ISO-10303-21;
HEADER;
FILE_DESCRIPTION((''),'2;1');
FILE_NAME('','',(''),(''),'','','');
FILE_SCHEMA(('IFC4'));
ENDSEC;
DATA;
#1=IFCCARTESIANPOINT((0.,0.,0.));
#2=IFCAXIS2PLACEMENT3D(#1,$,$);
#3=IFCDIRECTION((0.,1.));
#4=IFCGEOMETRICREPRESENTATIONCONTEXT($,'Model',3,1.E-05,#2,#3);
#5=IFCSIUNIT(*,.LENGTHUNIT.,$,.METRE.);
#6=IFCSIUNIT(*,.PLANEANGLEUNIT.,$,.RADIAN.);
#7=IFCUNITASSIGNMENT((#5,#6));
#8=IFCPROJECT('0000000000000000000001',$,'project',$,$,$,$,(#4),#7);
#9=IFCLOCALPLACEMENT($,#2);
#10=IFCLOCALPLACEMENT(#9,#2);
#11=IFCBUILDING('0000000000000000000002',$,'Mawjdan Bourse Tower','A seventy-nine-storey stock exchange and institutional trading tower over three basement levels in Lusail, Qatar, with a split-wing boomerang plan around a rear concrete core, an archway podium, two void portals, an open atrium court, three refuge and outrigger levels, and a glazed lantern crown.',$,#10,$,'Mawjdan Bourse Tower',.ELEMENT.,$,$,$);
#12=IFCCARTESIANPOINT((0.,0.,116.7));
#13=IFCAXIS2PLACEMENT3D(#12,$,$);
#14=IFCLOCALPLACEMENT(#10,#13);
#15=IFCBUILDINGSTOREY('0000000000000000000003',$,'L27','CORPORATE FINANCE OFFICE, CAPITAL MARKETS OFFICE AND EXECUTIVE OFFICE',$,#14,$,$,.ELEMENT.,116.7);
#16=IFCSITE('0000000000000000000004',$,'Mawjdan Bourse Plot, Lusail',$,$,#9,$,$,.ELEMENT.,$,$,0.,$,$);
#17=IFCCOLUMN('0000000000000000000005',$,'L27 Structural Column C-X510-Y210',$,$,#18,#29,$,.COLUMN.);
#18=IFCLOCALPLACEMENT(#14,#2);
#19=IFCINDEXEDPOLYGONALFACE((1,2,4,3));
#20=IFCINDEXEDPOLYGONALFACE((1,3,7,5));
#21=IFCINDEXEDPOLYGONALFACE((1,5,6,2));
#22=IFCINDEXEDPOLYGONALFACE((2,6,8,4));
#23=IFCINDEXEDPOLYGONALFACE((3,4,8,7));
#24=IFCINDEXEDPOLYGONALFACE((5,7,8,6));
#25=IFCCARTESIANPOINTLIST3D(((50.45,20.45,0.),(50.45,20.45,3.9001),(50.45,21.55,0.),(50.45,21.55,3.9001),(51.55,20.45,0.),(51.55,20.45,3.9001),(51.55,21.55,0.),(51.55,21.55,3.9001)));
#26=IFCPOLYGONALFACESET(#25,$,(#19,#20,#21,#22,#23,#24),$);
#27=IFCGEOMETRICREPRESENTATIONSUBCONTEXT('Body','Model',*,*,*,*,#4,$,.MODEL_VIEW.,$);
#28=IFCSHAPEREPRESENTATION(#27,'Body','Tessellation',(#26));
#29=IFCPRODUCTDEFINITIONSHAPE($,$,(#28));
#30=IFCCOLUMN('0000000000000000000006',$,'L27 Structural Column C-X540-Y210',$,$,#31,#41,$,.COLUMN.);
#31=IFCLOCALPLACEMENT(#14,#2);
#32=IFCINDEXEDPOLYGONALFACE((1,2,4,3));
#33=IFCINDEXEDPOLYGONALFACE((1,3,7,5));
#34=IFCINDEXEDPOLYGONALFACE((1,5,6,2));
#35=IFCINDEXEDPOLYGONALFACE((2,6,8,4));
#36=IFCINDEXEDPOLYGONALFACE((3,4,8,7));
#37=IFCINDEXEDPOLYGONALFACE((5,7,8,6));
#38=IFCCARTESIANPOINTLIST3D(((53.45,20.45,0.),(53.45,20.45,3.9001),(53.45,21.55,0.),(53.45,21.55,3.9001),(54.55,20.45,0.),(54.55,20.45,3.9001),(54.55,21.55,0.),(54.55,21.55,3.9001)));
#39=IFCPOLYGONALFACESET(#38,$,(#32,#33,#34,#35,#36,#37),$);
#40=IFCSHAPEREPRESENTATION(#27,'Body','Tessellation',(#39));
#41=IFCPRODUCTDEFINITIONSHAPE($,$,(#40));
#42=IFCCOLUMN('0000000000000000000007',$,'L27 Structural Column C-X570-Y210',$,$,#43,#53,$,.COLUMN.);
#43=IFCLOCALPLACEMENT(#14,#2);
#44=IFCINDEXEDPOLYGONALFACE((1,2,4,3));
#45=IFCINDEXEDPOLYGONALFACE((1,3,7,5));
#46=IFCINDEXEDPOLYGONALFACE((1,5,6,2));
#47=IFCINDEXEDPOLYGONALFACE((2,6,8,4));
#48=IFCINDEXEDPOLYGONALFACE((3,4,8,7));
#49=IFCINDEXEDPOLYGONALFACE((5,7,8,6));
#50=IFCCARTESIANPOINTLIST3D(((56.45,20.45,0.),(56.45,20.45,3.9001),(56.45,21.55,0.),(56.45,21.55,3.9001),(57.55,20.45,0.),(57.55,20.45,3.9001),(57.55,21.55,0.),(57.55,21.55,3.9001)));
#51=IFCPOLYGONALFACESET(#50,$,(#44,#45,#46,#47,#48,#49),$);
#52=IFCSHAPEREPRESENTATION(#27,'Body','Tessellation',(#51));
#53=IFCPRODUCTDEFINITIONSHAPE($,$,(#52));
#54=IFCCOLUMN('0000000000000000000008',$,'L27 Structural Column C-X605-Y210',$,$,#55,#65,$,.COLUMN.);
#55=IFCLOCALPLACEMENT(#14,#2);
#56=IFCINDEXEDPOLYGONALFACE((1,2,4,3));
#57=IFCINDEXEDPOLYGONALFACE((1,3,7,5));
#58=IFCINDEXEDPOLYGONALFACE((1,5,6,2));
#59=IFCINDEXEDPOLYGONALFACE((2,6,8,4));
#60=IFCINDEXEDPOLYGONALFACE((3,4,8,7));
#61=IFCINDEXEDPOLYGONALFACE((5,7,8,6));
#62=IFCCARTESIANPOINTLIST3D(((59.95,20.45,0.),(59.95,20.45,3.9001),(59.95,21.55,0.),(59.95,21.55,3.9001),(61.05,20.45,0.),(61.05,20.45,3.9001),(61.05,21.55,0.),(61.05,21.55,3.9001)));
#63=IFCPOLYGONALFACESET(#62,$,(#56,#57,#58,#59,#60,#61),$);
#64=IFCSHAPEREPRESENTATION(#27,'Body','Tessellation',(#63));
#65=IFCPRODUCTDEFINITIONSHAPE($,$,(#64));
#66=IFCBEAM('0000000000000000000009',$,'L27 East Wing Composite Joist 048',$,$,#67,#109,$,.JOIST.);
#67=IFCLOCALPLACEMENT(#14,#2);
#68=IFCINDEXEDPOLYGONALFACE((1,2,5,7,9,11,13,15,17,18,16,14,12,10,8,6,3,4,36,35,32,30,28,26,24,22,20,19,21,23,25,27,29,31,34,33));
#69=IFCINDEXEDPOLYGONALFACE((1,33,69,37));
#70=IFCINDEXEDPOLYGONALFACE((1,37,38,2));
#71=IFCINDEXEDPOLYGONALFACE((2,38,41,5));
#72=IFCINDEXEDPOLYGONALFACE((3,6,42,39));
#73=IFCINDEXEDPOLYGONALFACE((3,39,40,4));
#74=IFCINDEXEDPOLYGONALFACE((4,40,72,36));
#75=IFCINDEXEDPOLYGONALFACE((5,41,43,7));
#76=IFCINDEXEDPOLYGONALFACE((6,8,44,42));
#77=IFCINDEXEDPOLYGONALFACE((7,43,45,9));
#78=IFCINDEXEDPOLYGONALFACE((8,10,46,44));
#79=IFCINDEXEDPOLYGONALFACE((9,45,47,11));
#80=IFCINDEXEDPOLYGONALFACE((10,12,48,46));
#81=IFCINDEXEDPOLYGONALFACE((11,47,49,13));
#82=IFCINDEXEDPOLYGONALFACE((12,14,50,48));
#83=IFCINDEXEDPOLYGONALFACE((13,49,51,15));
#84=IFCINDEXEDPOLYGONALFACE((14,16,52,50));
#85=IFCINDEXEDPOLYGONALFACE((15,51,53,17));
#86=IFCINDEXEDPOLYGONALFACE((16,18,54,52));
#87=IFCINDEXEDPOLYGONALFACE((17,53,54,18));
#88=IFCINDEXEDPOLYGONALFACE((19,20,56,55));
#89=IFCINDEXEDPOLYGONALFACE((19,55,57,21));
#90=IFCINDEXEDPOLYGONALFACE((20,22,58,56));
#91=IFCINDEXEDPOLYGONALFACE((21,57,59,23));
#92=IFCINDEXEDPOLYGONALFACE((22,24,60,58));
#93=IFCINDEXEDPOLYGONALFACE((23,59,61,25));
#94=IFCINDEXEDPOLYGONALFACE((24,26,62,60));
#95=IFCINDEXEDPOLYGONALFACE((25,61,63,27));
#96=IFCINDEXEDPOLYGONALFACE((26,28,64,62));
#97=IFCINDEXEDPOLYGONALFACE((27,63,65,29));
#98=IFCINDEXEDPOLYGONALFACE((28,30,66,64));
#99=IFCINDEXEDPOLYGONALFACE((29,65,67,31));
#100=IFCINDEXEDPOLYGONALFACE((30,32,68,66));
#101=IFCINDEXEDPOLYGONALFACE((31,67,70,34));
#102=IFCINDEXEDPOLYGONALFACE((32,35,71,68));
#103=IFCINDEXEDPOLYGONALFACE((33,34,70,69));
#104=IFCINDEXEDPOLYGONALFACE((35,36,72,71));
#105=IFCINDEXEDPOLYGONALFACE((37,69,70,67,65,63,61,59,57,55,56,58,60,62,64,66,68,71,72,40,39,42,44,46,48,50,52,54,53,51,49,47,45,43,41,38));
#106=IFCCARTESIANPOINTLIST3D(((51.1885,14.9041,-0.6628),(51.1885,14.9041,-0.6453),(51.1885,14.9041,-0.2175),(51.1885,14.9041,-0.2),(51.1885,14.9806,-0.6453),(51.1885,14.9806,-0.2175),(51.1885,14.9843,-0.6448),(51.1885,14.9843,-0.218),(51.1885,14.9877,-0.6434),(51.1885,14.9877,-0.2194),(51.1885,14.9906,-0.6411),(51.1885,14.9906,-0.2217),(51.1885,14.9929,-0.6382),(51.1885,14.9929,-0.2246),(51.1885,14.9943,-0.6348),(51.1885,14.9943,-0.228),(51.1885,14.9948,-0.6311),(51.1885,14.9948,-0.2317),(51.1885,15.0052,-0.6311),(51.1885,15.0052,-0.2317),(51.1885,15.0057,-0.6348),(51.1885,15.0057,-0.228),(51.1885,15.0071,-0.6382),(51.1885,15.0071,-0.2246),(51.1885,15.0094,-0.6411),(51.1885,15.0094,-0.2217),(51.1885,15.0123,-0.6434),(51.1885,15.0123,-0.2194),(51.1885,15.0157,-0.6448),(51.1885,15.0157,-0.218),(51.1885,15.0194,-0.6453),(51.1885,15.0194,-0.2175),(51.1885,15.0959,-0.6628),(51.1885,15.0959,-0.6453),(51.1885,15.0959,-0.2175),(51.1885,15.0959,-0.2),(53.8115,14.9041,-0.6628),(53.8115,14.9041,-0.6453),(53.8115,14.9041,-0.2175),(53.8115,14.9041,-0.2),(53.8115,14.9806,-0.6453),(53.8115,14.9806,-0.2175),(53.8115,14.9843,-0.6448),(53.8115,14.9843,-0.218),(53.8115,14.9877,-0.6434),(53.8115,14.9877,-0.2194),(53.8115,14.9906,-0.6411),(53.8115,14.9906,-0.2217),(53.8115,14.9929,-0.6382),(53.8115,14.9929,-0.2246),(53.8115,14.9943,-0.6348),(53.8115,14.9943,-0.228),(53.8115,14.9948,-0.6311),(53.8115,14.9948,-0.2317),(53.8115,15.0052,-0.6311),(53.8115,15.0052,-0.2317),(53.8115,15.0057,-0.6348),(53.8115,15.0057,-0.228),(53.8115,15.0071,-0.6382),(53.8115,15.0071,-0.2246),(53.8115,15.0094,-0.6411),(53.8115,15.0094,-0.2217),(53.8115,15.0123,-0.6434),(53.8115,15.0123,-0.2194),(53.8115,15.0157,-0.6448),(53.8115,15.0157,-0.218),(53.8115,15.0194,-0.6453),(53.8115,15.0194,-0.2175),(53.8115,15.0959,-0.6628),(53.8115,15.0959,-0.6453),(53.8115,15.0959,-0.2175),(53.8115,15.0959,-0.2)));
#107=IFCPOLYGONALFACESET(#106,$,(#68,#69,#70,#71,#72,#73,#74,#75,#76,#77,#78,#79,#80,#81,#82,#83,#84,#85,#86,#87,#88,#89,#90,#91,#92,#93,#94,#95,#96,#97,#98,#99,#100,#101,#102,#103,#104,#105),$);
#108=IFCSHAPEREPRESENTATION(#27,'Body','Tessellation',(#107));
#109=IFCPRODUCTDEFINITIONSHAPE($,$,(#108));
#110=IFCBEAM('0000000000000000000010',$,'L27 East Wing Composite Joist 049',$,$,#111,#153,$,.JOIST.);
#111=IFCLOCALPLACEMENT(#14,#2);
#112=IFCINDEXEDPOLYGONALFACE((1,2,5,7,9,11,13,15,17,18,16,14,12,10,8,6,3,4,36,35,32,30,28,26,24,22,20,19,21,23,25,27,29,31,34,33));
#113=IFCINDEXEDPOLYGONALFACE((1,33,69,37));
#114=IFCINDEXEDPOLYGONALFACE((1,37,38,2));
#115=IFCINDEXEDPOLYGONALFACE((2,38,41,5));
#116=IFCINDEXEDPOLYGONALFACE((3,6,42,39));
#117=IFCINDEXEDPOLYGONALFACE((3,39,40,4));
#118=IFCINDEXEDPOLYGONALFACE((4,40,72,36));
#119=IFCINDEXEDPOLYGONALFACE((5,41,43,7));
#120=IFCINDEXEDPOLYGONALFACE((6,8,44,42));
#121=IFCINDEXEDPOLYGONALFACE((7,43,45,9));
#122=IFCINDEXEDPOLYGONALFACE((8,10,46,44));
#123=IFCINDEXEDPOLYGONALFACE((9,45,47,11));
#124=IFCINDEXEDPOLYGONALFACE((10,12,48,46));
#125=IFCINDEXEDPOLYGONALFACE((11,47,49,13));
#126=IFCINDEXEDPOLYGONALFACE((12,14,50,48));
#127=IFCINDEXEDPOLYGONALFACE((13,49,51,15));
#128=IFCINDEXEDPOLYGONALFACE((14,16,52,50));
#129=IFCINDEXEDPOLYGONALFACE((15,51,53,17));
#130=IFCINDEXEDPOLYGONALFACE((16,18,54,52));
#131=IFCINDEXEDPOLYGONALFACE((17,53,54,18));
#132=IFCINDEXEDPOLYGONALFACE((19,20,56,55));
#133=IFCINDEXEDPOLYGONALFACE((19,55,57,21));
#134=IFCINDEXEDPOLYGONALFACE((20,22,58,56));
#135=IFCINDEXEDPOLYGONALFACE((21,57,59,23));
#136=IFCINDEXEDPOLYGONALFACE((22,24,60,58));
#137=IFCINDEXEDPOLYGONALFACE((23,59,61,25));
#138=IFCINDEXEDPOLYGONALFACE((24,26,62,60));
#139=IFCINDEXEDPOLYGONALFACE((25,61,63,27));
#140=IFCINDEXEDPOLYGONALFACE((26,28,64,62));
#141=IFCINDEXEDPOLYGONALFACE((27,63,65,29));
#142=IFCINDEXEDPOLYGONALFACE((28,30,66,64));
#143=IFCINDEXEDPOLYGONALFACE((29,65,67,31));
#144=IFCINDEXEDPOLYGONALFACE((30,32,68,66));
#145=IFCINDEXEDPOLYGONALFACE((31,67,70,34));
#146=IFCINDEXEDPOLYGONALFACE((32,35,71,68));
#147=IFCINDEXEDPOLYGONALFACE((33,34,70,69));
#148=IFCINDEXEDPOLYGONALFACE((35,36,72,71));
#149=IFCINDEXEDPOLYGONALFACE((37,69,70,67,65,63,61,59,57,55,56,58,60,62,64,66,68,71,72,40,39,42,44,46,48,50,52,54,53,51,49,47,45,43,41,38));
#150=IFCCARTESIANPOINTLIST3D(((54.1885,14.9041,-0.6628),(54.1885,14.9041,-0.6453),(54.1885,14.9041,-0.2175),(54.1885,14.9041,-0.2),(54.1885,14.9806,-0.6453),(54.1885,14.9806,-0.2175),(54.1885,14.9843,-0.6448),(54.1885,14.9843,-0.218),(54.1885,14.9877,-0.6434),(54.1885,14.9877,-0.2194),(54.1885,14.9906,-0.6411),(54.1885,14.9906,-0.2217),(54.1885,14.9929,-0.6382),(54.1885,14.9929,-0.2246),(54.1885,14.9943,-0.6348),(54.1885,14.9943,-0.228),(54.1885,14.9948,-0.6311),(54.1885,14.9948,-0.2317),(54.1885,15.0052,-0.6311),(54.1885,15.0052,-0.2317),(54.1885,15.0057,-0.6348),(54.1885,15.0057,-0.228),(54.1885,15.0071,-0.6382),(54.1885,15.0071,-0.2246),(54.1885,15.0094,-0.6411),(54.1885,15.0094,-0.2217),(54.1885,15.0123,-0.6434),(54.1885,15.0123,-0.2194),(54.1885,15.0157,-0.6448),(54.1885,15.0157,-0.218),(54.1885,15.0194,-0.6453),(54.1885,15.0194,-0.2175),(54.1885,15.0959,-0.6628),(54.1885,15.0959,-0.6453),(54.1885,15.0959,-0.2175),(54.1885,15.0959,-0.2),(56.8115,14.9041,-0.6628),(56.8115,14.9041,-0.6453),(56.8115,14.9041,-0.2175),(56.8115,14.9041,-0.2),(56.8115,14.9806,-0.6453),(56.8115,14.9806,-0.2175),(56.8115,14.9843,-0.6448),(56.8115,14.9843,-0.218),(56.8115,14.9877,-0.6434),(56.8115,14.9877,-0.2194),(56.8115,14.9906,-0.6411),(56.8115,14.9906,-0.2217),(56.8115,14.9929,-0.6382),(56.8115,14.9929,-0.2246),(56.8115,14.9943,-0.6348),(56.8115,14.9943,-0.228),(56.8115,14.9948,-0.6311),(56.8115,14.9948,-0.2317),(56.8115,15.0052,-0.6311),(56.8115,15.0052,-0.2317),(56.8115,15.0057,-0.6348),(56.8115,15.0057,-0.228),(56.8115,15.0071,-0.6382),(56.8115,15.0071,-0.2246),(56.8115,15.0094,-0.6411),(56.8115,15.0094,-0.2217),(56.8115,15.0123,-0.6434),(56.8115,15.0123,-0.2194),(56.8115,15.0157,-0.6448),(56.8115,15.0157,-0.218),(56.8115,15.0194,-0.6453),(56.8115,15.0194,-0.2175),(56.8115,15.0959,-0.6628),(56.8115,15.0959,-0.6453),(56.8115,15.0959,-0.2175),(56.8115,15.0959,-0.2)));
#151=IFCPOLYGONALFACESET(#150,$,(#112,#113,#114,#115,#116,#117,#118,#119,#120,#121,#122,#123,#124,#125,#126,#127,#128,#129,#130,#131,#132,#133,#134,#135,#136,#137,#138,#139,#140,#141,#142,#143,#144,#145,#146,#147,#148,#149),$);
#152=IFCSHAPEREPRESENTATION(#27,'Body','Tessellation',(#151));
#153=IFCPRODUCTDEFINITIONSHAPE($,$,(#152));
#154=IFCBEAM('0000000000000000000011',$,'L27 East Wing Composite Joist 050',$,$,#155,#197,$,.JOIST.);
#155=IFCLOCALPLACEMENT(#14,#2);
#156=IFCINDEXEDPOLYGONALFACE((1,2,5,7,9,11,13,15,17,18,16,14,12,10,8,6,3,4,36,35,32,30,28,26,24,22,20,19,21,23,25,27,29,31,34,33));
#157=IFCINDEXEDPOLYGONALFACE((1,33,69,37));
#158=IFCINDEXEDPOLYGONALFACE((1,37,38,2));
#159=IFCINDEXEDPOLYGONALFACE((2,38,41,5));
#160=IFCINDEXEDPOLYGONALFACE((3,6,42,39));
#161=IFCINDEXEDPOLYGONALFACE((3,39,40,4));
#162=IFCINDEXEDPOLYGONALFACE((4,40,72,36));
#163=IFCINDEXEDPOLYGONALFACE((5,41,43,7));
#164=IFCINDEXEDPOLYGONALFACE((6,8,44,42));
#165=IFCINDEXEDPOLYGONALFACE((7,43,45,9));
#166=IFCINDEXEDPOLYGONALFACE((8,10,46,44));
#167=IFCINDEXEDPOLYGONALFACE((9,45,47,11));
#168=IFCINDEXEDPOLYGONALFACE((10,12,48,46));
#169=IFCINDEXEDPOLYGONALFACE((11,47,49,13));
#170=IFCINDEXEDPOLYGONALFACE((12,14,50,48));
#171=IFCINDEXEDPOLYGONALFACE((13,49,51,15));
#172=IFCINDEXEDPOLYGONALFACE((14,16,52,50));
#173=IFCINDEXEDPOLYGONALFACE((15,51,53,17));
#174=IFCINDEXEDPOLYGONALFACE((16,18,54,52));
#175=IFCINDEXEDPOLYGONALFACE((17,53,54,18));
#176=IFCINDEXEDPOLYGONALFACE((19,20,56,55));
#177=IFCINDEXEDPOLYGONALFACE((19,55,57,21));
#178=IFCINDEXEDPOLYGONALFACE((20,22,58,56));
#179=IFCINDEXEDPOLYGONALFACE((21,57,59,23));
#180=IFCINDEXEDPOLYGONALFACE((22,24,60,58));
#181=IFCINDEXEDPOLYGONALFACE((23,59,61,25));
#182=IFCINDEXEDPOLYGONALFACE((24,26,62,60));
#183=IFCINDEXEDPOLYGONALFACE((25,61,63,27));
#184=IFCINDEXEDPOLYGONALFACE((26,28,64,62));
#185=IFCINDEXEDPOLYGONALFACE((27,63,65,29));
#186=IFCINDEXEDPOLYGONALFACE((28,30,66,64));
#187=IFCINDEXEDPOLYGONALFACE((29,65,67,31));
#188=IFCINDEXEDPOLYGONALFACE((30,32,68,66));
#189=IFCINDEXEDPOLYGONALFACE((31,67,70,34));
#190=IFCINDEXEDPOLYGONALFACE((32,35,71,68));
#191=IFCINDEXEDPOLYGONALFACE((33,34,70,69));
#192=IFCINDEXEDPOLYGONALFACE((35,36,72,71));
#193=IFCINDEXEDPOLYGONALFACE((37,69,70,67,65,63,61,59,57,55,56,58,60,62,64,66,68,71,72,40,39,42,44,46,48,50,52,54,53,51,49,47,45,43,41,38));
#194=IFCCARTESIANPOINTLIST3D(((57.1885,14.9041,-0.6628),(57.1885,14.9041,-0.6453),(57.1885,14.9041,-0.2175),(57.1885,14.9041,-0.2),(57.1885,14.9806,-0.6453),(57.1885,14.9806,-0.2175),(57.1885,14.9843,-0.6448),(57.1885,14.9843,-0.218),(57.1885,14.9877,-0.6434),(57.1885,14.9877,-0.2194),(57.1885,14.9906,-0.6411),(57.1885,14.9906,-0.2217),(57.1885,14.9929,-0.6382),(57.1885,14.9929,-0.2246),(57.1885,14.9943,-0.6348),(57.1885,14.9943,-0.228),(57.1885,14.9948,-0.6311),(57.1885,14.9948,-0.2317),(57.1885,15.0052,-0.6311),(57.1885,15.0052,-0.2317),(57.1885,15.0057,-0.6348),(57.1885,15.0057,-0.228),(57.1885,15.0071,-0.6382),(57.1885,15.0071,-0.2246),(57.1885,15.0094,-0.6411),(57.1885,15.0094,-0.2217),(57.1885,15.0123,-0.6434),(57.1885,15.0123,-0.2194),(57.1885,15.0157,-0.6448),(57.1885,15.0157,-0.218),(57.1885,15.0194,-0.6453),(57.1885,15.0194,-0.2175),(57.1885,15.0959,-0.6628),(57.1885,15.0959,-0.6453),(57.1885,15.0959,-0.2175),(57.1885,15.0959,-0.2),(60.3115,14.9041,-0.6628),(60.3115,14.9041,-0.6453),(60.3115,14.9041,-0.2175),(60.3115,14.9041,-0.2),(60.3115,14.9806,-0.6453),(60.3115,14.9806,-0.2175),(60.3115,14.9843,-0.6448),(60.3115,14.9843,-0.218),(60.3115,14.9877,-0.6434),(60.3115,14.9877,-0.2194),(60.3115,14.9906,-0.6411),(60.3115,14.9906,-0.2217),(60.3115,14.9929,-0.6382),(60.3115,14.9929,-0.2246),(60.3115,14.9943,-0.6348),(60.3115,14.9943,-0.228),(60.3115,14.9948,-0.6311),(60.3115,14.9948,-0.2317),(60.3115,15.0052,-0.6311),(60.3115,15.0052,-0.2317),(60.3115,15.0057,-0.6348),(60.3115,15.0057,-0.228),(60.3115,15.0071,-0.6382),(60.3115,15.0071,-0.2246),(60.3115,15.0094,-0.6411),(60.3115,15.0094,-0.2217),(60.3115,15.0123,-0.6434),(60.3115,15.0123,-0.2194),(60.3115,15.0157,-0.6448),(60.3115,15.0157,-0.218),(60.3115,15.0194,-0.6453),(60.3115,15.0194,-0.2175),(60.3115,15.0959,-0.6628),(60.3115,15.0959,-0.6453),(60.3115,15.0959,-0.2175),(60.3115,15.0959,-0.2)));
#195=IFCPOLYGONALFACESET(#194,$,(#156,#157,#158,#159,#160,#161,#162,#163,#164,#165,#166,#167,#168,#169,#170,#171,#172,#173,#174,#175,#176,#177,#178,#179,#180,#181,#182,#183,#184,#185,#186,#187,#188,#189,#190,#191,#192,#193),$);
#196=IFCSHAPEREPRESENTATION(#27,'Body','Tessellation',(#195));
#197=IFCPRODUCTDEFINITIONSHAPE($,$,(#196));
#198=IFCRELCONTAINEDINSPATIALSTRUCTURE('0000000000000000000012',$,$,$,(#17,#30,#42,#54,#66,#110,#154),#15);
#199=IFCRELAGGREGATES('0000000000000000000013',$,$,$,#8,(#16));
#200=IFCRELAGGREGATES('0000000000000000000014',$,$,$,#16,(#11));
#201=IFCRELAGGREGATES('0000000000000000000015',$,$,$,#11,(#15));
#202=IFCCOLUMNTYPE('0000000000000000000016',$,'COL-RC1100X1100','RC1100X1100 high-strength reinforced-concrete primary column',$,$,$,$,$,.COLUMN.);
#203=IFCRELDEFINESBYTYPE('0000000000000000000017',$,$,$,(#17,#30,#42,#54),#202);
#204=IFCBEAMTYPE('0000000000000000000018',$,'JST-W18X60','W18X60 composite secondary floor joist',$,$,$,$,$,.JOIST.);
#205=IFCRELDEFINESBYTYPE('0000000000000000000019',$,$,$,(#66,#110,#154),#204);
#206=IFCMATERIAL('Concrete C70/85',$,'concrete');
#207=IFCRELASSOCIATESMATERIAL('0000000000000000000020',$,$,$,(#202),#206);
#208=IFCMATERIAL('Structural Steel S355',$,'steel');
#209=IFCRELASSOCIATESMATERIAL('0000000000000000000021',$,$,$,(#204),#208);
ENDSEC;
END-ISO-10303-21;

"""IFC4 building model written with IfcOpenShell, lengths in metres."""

from ifc_helpers import new_model, si_unit, direction, frame, origin, origin_2d, place, context, subcontext, project, spatial, rectangle, i_section, extrude, material, material_profile, profile_set, type_object, element, save


model = new_model("IFC4")

# Units and contexts
model_context = context("Model", 3, precision=1e-05, world=origin(), true_north=direction((0.0, 1.0)))
body_context = subcontext(model_context, "Body", "Model", "MODEL_VIEW")
ifc_project = project(units=[si_unit("LENGTHUNIT", "METRE"), si_unit("PLANEANGLEUNIT", "RADIAN")], contexts=[model_context])

# Site, building, storey
site_placement = place(None, origin())
site = spatial("IfcSite", under=ifc_project, at=site_placement, Name="Mawjdan Bourse Plot, Lusail", CompositionType="ELEMENT", RefElevation=0.0)
building_placement = place(site_placement, origin())
building = spatial("IfcBuilding", under=site, at=building_placement, Name="Mawjdan Bourse Tower", Description="A seventy-nine-storey stock exchange and institutional trading tower over three basement levels in Lusail, Qatar, with a split-wing boomerang plan around a rear concrete core, an archway podium, two void portals, an open atrium court, three refuge and outrigger levels, and a glazed lantern crown.", LongName="Mawjdan Bourse Tower", CompositionType="ELEMENT")
storey_placement = place(building_placement, frame((0.0, 0.0, 116.7)))
storey = spatial("IfcBuildingStorey", under=building, at=storey_placement, Name="L27", Description="CORPORATE FINANCE OFFICE, CAPITAL MARKETS OFFICE AND EXECUTIVE OFFICE", CompositionType="ELEMENT", Elevation=116.7)

# Columns
ifc_material_1 = material(Name="Concrete C70/85", Category="concrete")
ifc_material_profile_1 = material_profile(ifc_material_1, rectangle(XDim=1.1001, YDim=1.1001, at=origin_2d()), Name="RC1100X1100")
ifc_profile_set_1 = profile_set([ifc_material_profile_1], Name="Concrete C70/85")
column_type = type_object("IfcColumnType", Name="COL-RC1100X1100", Description="RC1100X1100 high-strength reinforced-concrete primary column", PredefinedType="COLUMN", material=ifc_profile_set_1)
for number, where, z_axis, x_axis, name in (
    (1, (51.0, 21.0, 0.0), (0.0, 0.0, 1.0), (1.0, 0.0, 0.0), "L27 Structural Column C-X510-Y210"),
    (2, (54.0, 21.0, 0.0), (0.0, 0.0, 1.0), (1.0, 0.0, 0.0), "L27 Structural Column C-X540-Y210"),
    (3, (57.0, 21.0, 0.0), (0.0, 0.0, 1.0), (1.0, 0.0, 0.0), "L27 Structural Column C-X570-Y210"),
    (4, (60.5, 21.0, 0.0), (0.0, 0.0, 1.0), (1.0, 0.0, 0.0), "L27 Structural Column C-X605-Y210"),
):
    element("IfcColumn", number, at=place(storey_placement, frame(where, z_axis=z_axis, x_axis=x_axis)), inside=storey, type_object=column_type, Name=name, PredefinedType="COLUMN", context=body_context, shape_type="SweptSolid", body=[
        extrude(rectangle(XDim=1.1001, YDim=1.1001, at=origin_2d()), origin(), (0.0, 0.0, 1.0), 3.9001),
    ])

# Beams
ifc_material_2 = material(Name="Structural Steel S355", Category="steel")
ifc_material_profile_2 = material_profile(ifc_material_2, i_section(OverallWidth=0.1919, OverallDepth=0.4629, WebThickness=0.0105, FlangeThickness=0.0176, FilletRadius=0.0142, at=origin_2d()), Name="W18X60")
ifc_profile_set_2 = profile_set([ifc_material_profile_2], Name="Structural Steel S355")
beam_type_1 = type_object("IfcBeamType", Name="JST-W18X60", Description="W18X60 composite secondary floor joist", PredefinedType="JOIST", material=ifc_profile_set_2)
for number, where, z_axis, x_axis, name in (
    (5, (51.1885, 15.0, -0.4314), (1.0, 0.0, 0.0), (0.0, 1.0, 0.0), "L27 East Wing Composite Joist 048"),
    (6, (54.1885, 15.0, -0.4314), (1.0, 0.0, 0.0), (0.0, 1.0, 0.0), "L27 East Wing Composite Joist 049"),
):
    element("IfcBeam", number, at=place(storey_placement, frame(where, z_axis=z_axis, x_axis=x_axis)), inside=storey, type_object=beam_type_1, Name=name, PredefinedType="JOIST", context=body_context, shape_type="SweptSolid", body=[
        extrude(i_section(OverallWidth=0.1919, OverallDepth=0.4629, WebThickness=0.0105, FlangeThickness=0.0176, FilletRadius=0.0142, at=origin_2d()), origin(), (0.0, 0.0, 1.0), 2.623),
    ])
beam_1_placement = place(storey_placement, frame((57.1885, 15.0, -0.4314), z_axis=(1.0, 0.0, 0.0), x_axis=(0.0, 1.0, 0.0)))
element("IfcBeam", 7, at=beam_1_placement, inside=storey, type_object=beam_type_1, Name="L27 East Wing Composite Joist 050", PredefinedType="JOIST", context=body_context, shape_type="SweptSolid", body=[
    extrude(i_section(OverallWidth=0.1919, OverallDepth=0.4629, WebThickness=0.0105, FlangeThickness=0.0176, FilletRadius=0.0142, at=origin_2d()), origin(), (0.0, 0.0, 1.0), 3.123),
])

save(model, "model.ifc")
